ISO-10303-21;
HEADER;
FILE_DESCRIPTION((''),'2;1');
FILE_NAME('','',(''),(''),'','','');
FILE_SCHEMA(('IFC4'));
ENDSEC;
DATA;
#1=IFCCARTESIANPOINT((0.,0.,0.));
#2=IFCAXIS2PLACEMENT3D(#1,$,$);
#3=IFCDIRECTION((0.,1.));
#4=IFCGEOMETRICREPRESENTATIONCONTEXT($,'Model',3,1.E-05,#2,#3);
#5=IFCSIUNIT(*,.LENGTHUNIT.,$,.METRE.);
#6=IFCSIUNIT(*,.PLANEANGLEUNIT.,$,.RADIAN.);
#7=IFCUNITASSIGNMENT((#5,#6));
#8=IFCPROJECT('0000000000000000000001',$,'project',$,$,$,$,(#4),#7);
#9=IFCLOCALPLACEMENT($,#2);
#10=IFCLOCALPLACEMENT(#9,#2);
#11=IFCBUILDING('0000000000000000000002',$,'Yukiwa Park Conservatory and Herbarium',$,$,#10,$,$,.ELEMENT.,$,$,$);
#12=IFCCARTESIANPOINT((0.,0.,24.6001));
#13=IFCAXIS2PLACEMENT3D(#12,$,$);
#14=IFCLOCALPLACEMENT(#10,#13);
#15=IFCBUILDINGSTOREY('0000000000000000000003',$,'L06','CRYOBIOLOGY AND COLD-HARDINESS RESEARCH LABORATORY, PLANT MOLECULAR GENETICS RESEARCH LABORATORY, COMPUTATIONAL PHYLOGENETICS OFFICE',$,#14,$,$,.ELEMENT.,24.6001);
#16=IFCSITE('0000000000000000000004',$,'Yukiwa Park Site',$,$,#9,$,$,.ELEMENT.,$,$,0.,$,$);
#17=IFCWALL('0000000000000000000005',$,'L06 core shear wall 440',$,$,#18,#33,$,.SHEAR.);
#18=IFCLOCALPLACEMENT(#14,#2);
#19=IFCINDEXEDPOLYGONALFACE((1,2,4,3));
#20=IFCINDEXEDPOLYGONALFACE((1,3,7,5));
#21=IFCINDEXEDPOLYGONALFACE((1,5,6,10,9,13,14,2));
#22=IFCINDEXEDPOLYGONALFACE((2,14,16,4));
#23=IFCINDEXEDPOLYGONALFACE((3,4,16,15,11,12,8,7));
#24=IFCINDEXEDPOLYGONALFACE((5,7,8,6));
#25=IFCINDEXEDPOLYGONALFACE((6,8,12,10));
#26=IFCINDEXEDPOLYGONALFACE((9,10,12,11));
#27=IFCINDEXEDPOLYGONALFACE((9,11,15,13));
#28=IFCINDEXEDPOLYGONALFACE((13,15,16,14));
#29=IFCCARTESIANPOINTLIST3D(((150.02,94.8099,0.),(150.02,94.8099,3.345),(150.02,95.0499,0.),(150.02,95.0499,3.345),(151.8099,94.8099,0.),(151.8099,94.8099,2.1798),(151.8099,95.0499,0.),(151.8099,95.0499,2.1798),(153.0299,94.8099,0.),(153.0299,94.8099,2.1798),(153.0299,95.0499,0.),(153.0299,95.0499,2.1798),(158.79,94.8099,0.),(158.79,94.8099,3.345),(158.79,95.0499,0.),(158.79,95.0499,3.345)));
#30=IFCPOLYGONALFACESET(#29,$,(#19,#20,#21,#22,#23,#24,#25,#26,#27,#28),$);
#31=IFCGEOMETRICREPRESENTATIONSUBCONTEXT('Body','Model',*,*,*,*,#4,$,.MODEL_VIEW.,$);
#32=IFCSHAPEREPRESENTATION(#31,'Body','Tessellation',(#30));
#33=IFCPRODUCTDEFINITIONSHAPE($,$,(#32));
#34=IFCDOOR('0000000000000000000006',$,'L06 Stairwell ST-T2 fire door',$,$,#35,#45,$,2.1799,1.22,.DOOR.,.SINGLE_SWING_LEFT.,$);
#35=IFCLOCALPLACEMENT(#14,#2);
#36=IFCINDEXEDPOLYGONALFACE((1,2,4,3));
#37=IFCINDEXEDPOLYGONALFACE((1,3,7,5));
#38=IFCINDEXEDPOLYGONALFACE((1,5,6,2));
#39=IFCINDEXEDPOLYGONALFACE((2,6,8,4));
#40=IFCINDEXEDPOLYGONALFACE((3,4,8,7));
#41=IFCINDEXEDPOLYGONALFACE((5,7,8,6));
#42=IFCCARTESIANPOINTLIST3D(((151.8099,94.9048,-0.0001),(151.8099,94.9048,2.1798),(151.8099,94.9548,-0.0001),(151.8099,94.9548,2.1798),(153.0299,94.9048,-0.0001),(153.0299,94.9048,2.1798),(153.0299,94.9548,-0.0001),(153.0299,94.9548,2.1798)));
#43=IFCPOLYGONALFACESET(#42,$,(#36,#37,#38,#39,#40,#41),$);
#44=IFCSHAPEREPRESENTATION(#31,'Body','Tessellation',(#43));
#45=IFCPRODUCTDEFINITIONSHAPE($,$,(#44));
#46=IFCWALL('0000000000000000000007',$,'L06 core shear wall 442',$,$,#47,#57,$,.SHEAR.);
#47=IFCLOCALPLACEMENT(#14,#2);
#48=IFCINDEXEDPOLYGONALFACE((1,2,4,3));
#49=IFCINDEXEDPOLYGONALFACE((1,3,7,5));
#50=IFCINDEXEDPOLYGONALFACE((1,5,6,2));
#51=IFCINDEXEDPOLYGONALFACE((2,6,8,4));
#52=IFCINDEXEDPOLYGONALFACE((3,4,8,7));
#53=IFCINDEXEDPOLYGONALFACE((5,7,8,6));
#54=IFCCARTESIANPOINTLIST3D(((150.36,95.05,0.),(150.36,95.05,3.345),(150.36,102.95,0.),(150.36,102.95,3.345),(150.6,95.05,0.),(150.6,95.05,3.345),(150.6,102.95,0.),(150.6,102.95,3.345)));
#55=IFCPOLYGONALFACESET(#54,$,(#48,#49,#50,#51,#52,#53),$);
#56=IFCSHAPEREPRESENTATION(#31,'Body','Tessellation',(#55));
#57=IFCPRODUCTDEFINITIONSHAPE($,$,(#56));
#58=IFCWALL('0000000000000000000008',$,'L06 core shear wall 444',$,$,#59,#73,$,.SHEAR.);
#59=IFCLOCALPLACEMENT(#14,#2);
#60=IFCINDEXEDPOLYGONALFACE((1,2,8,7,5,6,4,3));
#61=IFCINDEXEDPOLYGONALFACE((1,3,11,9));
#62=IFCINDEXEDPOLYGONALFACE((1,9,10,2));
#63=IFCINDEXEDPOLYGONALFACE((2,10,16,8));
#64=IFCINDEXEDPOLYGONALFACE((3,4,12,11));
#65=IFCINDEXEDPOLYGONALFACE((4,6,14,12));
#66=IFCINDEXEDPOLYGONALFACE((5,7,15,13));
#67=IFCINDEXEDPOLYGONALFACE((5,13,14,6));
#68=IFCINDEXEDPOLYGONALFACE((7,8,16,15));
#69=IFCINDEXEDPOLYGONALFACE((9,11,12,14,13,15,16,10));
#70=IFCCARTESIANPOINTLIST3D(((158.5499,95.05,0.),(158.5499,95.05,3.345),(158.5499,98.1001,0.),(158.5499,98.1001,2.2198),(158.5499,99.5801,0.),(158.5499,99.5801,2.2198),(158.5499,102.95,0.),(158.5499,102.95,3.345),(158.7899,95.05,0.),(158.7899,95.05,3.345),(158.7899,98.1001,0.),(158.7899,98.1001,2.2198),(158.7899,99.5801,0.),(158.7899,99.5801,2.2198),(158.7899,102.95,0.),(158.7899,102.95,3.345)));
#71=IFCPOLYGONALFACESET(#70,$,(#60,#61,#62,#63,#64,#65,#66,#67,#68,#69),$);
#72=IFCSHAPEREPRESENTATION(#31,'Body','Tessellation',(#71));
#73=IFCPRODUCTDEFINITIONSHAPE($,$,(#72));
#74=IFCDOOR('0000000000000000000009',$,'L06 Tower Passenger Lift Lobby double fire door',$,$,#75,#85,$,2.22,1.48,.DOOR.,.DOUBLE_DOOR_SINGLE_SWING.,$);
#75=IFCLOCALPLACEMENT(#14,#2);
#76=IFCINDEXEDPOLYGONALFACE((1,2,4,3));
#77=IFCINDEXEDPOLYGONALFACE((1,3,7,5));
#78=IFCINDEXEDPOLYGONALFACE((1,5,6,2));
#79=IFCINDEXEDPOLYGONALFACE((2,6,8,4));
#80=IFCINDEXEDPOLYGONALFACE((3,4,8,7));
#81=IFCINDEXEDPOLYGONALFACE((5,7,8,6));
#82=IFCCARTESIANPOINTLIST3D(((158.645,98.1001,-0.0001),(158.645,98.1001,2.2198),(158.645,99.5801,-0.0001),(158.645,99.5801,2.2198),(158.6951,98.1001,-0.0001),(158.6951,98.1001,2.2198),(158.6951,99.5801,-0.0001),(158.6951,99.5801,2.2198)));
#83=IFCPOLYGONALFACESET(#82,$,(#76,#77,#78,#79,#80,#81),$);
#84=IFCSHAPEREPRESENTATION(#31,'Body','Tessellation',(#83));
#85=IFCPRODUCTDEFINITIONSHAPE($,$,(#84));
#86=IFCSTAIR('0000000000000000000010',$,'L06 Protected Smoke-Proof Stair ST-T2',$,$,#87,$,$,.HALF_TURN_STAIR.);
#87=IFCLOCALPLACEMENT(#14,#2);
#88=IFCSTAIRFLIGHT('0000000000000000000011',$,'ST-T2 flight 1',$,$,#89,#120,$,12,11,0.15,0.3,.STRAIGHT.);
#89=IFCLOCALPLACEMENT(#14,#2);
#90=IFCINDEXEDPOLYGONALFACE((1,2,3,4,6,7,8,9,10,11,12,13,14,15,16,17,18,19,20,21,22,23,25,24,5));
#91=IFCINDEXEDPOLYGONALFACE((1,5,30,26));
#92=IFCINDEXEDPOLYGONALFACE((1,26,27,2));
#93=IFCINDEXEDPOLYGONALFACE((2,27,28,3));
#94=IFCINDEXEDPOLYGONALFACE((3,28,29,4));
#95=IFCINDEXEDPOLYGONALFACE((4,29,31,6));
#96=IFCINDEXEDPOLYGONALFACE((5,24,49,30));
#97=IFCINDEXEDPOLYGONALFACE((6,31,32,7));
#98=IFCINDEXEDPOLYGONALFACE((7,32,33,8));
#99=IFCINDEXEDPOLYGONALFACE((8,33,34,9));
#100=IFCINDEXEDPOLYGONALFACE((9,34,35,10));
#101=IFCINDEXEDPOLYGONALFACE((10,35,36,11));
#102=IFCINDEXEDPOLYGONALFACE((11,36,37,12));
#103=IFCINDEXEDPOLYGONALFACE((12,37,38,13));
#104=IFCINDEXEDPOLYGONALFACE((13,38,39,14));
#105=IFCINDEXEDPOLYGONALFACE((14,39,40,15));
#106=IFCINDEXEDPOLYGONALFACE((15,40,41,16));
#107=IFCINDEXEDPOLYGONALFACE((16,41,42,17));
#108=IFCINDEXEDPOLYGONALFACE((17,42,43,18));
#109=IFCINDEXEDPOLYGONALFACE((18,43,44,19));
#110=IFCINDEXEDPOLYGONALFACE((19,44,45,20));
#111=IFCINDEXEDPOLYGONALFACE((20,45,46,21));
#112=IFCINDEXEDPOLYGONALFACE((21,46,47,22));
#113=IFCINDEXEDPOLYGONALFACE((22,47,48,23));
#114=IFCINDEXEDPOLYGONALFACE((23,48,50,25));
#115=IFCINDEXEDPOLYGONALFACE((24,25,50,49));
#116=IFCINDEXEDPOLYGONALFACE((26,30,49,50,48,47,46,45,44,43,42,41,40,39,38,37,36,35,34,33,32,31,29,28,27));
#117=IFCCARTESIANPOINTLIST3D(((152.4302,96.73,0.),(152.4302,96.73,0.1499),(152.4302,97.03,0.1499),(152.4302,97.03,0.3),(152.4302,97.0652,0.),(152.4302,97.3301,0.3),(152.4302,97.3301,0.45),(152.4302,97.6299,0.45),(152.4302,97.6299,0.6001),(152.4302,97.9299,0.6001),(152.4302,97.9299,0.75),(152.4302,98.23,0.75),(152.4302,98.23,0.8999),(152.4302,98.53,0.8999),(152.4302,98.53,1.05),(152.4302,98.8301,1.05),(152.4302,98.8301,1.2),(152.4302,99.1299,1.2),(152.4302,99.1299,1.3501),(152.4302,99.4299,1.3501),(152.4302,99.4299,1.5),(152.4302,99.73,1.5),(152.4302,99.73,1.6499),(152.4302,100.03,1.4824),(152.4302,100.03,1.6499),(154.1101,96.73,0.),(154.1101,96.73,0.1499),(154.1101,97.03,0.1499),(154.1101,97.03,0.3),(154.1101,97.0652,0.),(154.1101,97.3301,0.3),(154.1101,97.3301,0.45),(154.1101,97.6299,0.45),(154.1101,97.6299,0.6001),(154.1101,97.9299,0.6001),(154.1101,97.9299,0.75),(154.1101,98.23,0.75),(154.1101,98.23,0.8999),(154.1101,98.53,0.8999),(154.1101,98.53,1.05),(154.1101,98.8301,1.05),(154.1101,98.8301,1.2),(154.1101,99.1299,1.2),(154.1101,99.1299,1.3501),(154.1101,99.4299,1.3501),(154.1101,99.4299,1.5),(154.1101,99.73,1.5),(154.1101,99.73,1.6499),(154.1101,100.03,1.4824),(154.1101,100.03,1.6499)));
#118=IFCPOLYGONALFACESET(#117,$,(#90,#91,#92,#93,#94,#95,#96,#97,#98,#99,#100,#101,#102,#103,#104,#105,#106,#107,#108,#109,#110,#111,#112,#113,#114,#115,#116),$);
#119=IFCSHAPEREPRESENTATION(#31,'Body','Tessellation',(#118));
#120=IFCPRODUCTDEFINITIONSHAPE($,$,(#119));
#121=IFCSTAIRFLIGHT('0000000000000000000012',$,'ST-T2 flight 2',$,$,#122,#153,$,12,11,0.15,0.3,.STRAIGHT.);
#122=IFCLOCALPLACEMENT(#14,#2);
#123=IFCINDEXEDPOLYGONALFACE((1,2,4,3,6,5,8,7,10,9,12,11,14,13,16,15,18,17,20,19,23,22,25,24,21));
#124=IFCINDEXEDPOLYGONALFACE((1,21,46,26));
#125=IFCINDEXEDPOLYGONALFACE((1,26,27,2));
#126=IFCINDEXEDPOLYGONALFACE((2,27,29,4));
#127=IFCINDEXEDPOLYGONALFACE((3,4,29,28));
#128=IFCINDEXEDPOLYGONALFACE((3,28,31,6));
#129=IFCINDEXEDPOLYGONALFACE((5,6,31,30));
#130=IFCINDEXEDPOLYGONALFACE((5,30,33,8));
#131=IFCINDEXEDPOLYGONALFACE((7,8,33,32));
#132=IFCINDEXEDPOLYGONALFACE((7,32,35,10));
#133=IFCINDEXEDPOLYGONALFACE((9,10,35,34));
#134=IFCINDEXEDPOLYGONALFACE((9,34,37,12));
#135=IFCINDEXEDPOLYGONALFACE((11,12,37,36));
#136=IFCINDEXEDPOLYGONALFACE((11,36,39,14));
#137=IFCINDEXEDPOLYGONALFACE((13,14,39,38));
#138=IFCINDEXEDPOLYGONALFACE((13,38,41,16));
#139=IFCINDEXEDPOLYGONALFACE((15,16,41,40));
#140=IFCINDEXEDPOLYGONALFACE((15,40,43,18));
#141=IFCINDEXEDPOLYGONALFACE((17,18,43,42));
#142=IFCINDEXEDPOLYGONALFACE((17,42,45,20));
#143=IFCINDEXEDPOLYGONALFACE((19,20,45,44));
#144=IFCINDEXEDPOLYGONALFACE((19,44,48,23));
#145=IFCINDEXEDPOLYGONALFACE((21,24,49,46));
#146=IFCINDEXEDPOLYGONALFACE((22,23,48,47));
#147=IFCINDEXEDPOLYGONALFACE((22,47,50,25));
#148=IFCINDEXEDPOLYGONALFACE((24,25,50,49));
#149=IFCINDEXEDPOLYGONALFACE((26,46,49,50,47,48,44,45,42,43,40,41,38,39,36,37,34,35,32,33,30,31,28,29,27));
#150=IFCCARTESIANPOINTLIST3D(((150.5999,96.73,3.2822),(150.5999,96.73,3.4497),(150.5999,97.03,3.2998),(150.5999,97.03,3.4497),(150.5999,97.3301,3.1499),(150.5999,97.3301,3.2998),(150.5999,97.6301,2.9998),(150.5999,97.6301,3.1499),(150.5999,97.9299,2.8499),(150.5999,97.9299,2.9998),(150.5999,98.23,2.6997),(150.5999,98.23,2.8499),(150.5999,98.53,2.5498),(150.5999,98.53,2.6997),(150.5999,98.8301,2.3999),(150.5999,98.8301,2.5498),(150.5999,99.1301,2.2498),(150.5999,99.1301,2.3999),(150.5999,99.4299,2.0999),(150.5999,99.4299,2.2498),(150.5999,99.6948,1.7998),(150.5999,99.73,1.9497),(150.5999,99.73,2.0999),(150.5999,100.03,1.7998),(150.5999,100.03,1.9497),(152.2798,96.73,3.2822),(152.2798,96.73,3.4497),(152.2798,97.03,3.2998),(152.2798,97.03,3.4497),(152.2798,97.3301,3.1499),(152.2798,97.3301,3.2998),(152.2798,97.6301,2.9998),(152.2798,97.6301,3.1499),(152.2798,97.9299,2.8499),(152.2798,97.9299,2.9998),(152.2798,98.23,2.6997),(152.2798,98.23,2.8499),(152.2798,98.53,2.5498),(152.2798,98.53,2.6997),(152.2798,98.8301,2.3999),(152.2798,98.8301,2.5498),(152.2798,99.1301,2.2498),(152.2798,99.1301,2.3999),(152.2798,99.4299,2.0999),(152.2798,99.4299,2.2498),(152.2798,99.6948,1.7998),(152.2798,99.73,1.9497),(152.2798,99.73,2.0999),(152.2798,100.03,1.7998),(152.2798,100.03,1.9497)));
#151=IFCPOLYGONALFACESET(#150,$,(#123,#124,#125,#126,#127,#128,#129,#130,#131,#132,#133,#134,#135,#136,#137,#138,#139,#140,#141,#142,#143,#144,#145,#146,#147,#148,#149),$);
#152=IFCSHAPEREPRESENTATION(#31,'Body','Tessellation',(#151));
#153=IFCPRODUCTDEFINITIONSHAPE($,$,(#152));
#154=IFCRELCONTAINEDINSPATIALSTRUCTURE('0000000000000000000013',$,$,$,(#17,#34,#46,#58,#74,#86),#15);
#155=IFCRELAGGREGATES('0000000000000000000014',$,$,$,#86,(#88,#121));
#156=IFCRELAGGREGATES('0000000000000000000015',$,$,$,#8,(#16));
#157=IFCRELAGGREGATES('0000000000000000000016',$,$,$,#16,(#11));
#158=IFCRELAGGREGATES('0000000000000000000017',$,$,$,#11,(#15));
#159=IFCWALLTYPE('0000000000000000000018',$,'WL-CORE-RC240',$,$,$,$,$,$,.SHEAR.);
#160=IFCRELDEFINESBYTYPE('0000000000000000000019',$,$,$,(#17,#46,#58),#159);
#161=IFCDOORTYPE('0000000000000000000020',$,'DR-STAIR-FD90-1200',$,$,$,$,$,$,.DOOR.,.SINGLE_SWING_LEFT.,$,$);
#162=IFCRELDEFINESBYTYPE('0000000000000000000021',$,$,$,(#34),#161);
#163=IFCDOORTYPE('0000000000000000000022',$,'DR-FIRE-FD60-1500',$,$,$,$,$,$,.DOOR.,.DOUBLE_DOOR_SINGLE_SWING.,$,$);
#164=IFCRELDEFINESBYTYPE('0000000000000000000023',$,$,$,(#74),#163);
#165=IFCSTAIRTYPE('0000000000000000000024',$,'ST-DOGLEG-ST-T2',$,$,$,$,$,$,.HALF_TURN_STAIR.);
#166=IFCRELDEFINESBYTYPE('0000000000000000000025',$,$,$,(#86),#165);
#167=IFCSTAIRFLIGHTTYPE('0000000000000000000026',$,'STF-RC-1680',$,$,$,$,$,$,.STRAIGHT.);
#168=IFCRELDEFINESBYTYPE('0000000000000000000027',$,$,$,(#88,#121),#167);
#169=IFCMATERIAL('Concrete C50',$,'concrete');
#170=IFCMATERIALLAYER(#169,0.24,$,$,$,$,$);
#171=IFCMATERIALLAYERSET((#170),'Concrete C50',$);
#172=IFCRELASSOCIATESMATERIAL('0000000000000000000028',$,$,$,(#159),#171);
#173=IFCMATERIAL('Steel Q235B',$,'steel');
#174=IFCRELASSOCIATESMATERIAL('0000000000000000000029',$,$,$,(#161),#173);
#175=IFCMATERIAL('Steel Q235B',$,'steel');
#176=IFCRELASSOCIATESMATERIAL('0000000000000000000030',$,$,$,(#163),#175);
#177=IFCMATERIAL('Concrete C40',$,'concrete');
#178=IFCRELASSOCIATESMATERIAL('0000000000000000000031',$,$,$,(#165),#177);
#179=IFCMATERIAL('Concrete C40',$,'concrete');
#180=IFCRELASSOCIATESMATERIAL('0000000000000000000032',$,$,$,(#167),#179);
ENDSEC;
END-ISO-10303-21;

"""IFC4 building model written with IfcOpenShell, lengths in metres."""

from ifc_helpers import new_model, si_unit, direction, frame, frame_2d, origin, place, context, subcontext, project, spatial, polyline, rectangle, outline, extrude, material, layer, layer_set, type_object, element, fill, aggregate, save


model = new_model("IFC4")

# Units and contexts
model_context = context("Model", 3, precision=1e-05, world=origin(), true_north=direction((0.0, 1.0)))
body_context = subcontext(model_context, "Body", "Model", "MODEL_VIEW")
ifc_project = project(units=[si_unit("LENGTHUNIT", "METRE"), si_unit("PLANEANGLEUNIT", "RADIAN")], contexts=[model_context])

# Site, building, storey
site_placement = place(None, origin())
site = spatial("IfcSite", under=ifc_project, at=site_placement, Name="Yukiwa Park Site", CompositionType="ELEMENT", RefElevation=0.0)
building_placement = place(site_placement, origin())
building = spatial("IfcBuilding", under=site, at=building_placement, Name="Yukiwa Park Conservatory and Herbarium", CompositionType="ELEMENT")
storey_placement = place(building_placement, frame((0.0, 0.0, 24.6001)))
storey = spatial("IfcBuildingStorey", under=building, at=storey_placement, Name="L06", Description="CRYOBIOLOGY AND COLD-HARDINESS RESEARCH LABORATORY, PLANT MOLECULAR GENETICS RESEARCH LABORATORY, COMPUTATIONAL PHYLOGENETICS OFFICE", CompositionType="ELEMENT", Elevation=24.6001)

# Wall, opening, door
ifc_material_1 = material(Name="Concrete C50", Category="concrete")
ifc_layer_1 = layer(ifc_material_1, 0.24)
ifc_layer_set_1 = layer_set([ifc_layer_1], Name="Concrete C50")
wall_type_1 = type_object("IfcWallType", Name="WL-CORE-RC240", PredefinedType="SHEAR", material=ifc_layer_set_1)
wall_1_placement = place(storey_placement, frame((150.02, 94.9299, 0.0), z_axis=(0.0, 0.0, 1.0), x_axis=(1.0, 0.0, 0.0)))
wall_1 = element("IfcWall", 1, at=wall_1_placement, inside=storey, type_object=wall_type_1, Name="L06 core shear wall 440", PredefinedType="SHEAR", context=body_context, shape_type="SweptSolid", body=[
    extrude(rectangle(XDim=8.77, YDim=0.24, at=frame_2d((4.385, 0.0))), origin(), (0.0, 0.0, 1.0), 3.345),
])
opening_1_placement = place(wall_1_placement, frame((1.79, 0.0, 0.0)))
opening_1 = element("IfcOpeningElement", 2, at=opening_1_placement, cuts=wall_1, PredefinedType="OPENING", context=body_context, shape_type="SweptSolid", body=[
    extrude(rectangle(XDim=1.22, YDim=2.1799, at=frame_2d((0.6099, 1.0898))), frame((0.0, 0.1299, 0.0), z_axis=(0.0, -1.0, 0.0), x_axis=(1.0, 0.0, 0.0)), (0.0, 0.0, 1.0), 0.26),
])
ifc_material_2 = material(Name="Steel Q235B", Category="steel")
door_type_1 = type_object("IfcDoorType", Name="DR-STAIR-FD90-1200", OperationType="SINGLE_SWING_LEFT", PredefinedType="DOOR", material=ifc_material_2)
door_1_placement = place(opening_1_placement, origin())
door_1 = element("IfcDoor", 3, at=door_1_placement, inside=storey, type_object=door_type_1, Name="L06 Stairwell ST-T2 fire door", OperationType="SINGLE_SWING_LEFT", OverallHeight=2.1799, OverallWidth=1.22, PredefinedType="DOOR", context=body_context, shape_type="SweptSolid", body=[
    extrude(rectangle(XDim=1.22, YDim=2.1799, at=frame_2d((0.6099, 1.0898))), frame((0.0, 0.0249, 0.0), z_axis=(0.0, -1.0, 0.0), x_axis=(1.0, 0.0, 0.0)), (0.0, 0.0, 1.0), 0.05),
])
fill(opening_1, door_1)

# Wall
wall_2_placement = place(storey_placement, frame((150.48, 95.05, 0.0), z_axis=(0.0, 0.0, 1.0), x_axis=(0.0, 1.0, 0.0)))
element("IfcWall", 4, at=wall_2_placement, inside=storey, type_object=wall_type_1, Name="L06 core shear wall 442", PredefinedType="SHEAR", context=body_context, shape_type="SweptSolid", body=[
    extrude(rectangle(XDim=7.8999, YDim=0.24, at=frame_2d((3.95, 0.0))), origin(), (0.0, 0.0, 1.0), 3.345),
])

# Wall, opening, door
wall_3_placement = place(storey_placement, frame((158.6699, 95.05, 0.0), z_axis=(0.0, 0.0, 1.0), x_axis=(0.0, 1.0, 0.0)))
wall_3 = element("IfcWall", 5, at=wall_3_placement, inside=storey, type_object=wall_type_1, Name="L06 core shear wall 444", PredefinedType="SHEAR", context=body_context, shape_type="SweptSolid", body=[
    extrude(rectangle(XDim=7.8999, YDim=0.24, at=frame_2d((3.95, 0.0))), origin(), (0.0, 0.0, 1.0), 3.345),
])
opening_2_placement = place(wall_3_placement, frame((3.05, 0.0, 0.0)))
opening_2 = element("IfcOpeningElement", 6, at=opening_2_placement, cuts=wall_3, PredefinedType="OPENING", context=body_context, shape_type="SweptSolid", body=[
    extrude(rectangle(XDim=1.48, YDim=2.22, at=frame_2d((0.74, 1.1099))), frame((0.0, 0.1299, 0.0), z_axis=(0.0, -1.0, 0.0), x_axis=(1.0, 0.0, 0.0)), (0.0, 0.0, 1.0), 0.26),
])
ifc_material_3 = material(Name="Steel Q235B", Category="steel")
door_type_2 = type_object("IfcDoorType", Name="DR-FIRE-FD60-1500", OperationType="DOUBLE_DOOR_SINGLE_SWING", PredefinedType="DOOR", material=ifc_material_3)
door_2_placement = place(opening_2_placement, origin())
door_2 = element("IfcDoor", 7, at=door_2_placement, inside=storey, type_object=door_type_2, Name="L06 Tower Passenger Lift Lobby double fire door", OperationType="DOUBLE_DOOR_SINGLE_SWING", OverallHeight=2.22, OverallWidth=1.48, PredefinedType="DOOR", context=body_context, shape_type="SweptSolid", body=[
    extrude(rectangle(XDim=1.48, YDim=2.22, at=frame_2d((0.74, 1.1099))), frame((0.0, 0.0249, 0.0), z_axis=(0.0, -1.0, 0.0), x_axis=(1.0, 0.0, 0.0)), (0.0, 0.0, 1.0), 0.05),
])
fill(opening_2, door_2)

# Stair, stair flights
ifc_material_4 = material(Name="Concrete C40", Category="concrete")
stair_type = type_object("IfcStairType", Name="ST-DOGLEG-ST-T2", PredefinedType="HALF_TURN_STAIR", material=ifc_material_4)
stair_placement = place(storey_placement, origin())
stair = element("IfcStair", 8, at=stair_placement, inside=storey, type_object=stair_type, Name="L06 Protected Smoke-Proof Stair ST-T2", PredefinedType="HALF_TURN_STAIR")
ifc_material_5 = material(Name="Concrete C40", Category="concrete")
stair_flight_type = type_object("IfcStairFlightType", Name="STF-RC-1680", PredefinedType="STRAIGHT", material=ifc_material_5)
stair_flight_1_placement = place(storey_placement, frame((153.27, 96.73, 0.0), z_axis=(0.0, 0.0, 1.0), x_axis=(0.0, 1.0, 0.0)))
stair_flight_1 = element("IfcStairFlight", 9, at=stair_flight_1_placement, type_object=stair_flight_type, Name="ST-T2 flight 1", NumberOfRisers=12, NumberOfTreads=11, PredefinedType="STRAIGHT", RiserHeight=0.15, TreadLength=0.3, context=body_context, shape_type="SweptSolid", body=[
    extrude(outline(polyline([(0.0, 0.0), (0.0, 0.1499), (0.3, 0.1499), (0.3, 0.3), (0.6001, 0.3), (0.6001, 0.45), (0.8999, 0.45), (0.8999, 0.6001), (1.2, 0.6001), (1.2, 0.75), (1.5, 0.75), (1.5, 0.8999), (1.8, 0.8999), (1.8, 1.05), (2.1001, 1.05), (2.1001, 1.2), (2.3999, 1.2), (2.3999, 1.3501), (2.7, 1.3501), (2.7, 1.5), (3.0, 1.5), (3.0, 1.6499), (3.3, 1.6499), (3.3, 1.8), (3.3, 1.4824), (0.3352, 0.0), (0.0, 0.0)])), frame((0.0, 0.8398, 0.0), z_axis=(0.0, -1.0, 0.0), x_axis=(1.0, 0.0, 0.0)), (0.0, 0.0, 1.0), 1.6799),
])
stair_flight_2_placement = place(storey_placement, frame((151.4399, 100.03, 1.7998), z_axis=(0.0, 0.0, 1.0), x_axis=(0.0, -1.0, 0.0)))
stair_flight_2 = element("IfcStairFlight", 10, at=stair_flight_2_placement, type_object=stair_flight_type, Name="ST-T2 flight 2", NumberOfRisers=12, NumberOfTreads=11, PredefinedType="STRAIGHT", RiserHeight=0.15, TreadLength=0.3, context=body_context, shape_type="SweptSolid", body=[
    extrude(outline(polyline([(0.0, 0.0), (0.0, 0.1499), (0.3, 0.1499), (0.3, 0.3), (0.6001, 0.3), (0.6001, 0.45), (0.8999, 0.45), (0.8999, 0.6001), (1.2, 0.6001), (1.2, 0.75), (1.5, 0.75), (1.5, 0.8999), (1.8, 0.8999), (1.8, 1.05), (2.1001, 1.05), (2.1001, 1.2), (2.3999, 1.2), (2.3999, 1.3501), (2.7, 1.3501), (2.7, 1.5), (3.0, 1.5), (3.0, 1.6499), (3.3, 1.6499), (3.3, 1.8), (3.3, 1.4824), (0.3352, 0.0), (0.0, 0.0)])), frame((0.0, 0.8398, 0.0), z_axis=(0.0, -1.0, 0.0), x_axis=(1.0, 0.0, 0.0)), (0.0, 0.0, 1.0), 1.6799),
])
aggregate(stair, [stair_flight_1, stair_flight_2])

save(model, "model.ifc")
